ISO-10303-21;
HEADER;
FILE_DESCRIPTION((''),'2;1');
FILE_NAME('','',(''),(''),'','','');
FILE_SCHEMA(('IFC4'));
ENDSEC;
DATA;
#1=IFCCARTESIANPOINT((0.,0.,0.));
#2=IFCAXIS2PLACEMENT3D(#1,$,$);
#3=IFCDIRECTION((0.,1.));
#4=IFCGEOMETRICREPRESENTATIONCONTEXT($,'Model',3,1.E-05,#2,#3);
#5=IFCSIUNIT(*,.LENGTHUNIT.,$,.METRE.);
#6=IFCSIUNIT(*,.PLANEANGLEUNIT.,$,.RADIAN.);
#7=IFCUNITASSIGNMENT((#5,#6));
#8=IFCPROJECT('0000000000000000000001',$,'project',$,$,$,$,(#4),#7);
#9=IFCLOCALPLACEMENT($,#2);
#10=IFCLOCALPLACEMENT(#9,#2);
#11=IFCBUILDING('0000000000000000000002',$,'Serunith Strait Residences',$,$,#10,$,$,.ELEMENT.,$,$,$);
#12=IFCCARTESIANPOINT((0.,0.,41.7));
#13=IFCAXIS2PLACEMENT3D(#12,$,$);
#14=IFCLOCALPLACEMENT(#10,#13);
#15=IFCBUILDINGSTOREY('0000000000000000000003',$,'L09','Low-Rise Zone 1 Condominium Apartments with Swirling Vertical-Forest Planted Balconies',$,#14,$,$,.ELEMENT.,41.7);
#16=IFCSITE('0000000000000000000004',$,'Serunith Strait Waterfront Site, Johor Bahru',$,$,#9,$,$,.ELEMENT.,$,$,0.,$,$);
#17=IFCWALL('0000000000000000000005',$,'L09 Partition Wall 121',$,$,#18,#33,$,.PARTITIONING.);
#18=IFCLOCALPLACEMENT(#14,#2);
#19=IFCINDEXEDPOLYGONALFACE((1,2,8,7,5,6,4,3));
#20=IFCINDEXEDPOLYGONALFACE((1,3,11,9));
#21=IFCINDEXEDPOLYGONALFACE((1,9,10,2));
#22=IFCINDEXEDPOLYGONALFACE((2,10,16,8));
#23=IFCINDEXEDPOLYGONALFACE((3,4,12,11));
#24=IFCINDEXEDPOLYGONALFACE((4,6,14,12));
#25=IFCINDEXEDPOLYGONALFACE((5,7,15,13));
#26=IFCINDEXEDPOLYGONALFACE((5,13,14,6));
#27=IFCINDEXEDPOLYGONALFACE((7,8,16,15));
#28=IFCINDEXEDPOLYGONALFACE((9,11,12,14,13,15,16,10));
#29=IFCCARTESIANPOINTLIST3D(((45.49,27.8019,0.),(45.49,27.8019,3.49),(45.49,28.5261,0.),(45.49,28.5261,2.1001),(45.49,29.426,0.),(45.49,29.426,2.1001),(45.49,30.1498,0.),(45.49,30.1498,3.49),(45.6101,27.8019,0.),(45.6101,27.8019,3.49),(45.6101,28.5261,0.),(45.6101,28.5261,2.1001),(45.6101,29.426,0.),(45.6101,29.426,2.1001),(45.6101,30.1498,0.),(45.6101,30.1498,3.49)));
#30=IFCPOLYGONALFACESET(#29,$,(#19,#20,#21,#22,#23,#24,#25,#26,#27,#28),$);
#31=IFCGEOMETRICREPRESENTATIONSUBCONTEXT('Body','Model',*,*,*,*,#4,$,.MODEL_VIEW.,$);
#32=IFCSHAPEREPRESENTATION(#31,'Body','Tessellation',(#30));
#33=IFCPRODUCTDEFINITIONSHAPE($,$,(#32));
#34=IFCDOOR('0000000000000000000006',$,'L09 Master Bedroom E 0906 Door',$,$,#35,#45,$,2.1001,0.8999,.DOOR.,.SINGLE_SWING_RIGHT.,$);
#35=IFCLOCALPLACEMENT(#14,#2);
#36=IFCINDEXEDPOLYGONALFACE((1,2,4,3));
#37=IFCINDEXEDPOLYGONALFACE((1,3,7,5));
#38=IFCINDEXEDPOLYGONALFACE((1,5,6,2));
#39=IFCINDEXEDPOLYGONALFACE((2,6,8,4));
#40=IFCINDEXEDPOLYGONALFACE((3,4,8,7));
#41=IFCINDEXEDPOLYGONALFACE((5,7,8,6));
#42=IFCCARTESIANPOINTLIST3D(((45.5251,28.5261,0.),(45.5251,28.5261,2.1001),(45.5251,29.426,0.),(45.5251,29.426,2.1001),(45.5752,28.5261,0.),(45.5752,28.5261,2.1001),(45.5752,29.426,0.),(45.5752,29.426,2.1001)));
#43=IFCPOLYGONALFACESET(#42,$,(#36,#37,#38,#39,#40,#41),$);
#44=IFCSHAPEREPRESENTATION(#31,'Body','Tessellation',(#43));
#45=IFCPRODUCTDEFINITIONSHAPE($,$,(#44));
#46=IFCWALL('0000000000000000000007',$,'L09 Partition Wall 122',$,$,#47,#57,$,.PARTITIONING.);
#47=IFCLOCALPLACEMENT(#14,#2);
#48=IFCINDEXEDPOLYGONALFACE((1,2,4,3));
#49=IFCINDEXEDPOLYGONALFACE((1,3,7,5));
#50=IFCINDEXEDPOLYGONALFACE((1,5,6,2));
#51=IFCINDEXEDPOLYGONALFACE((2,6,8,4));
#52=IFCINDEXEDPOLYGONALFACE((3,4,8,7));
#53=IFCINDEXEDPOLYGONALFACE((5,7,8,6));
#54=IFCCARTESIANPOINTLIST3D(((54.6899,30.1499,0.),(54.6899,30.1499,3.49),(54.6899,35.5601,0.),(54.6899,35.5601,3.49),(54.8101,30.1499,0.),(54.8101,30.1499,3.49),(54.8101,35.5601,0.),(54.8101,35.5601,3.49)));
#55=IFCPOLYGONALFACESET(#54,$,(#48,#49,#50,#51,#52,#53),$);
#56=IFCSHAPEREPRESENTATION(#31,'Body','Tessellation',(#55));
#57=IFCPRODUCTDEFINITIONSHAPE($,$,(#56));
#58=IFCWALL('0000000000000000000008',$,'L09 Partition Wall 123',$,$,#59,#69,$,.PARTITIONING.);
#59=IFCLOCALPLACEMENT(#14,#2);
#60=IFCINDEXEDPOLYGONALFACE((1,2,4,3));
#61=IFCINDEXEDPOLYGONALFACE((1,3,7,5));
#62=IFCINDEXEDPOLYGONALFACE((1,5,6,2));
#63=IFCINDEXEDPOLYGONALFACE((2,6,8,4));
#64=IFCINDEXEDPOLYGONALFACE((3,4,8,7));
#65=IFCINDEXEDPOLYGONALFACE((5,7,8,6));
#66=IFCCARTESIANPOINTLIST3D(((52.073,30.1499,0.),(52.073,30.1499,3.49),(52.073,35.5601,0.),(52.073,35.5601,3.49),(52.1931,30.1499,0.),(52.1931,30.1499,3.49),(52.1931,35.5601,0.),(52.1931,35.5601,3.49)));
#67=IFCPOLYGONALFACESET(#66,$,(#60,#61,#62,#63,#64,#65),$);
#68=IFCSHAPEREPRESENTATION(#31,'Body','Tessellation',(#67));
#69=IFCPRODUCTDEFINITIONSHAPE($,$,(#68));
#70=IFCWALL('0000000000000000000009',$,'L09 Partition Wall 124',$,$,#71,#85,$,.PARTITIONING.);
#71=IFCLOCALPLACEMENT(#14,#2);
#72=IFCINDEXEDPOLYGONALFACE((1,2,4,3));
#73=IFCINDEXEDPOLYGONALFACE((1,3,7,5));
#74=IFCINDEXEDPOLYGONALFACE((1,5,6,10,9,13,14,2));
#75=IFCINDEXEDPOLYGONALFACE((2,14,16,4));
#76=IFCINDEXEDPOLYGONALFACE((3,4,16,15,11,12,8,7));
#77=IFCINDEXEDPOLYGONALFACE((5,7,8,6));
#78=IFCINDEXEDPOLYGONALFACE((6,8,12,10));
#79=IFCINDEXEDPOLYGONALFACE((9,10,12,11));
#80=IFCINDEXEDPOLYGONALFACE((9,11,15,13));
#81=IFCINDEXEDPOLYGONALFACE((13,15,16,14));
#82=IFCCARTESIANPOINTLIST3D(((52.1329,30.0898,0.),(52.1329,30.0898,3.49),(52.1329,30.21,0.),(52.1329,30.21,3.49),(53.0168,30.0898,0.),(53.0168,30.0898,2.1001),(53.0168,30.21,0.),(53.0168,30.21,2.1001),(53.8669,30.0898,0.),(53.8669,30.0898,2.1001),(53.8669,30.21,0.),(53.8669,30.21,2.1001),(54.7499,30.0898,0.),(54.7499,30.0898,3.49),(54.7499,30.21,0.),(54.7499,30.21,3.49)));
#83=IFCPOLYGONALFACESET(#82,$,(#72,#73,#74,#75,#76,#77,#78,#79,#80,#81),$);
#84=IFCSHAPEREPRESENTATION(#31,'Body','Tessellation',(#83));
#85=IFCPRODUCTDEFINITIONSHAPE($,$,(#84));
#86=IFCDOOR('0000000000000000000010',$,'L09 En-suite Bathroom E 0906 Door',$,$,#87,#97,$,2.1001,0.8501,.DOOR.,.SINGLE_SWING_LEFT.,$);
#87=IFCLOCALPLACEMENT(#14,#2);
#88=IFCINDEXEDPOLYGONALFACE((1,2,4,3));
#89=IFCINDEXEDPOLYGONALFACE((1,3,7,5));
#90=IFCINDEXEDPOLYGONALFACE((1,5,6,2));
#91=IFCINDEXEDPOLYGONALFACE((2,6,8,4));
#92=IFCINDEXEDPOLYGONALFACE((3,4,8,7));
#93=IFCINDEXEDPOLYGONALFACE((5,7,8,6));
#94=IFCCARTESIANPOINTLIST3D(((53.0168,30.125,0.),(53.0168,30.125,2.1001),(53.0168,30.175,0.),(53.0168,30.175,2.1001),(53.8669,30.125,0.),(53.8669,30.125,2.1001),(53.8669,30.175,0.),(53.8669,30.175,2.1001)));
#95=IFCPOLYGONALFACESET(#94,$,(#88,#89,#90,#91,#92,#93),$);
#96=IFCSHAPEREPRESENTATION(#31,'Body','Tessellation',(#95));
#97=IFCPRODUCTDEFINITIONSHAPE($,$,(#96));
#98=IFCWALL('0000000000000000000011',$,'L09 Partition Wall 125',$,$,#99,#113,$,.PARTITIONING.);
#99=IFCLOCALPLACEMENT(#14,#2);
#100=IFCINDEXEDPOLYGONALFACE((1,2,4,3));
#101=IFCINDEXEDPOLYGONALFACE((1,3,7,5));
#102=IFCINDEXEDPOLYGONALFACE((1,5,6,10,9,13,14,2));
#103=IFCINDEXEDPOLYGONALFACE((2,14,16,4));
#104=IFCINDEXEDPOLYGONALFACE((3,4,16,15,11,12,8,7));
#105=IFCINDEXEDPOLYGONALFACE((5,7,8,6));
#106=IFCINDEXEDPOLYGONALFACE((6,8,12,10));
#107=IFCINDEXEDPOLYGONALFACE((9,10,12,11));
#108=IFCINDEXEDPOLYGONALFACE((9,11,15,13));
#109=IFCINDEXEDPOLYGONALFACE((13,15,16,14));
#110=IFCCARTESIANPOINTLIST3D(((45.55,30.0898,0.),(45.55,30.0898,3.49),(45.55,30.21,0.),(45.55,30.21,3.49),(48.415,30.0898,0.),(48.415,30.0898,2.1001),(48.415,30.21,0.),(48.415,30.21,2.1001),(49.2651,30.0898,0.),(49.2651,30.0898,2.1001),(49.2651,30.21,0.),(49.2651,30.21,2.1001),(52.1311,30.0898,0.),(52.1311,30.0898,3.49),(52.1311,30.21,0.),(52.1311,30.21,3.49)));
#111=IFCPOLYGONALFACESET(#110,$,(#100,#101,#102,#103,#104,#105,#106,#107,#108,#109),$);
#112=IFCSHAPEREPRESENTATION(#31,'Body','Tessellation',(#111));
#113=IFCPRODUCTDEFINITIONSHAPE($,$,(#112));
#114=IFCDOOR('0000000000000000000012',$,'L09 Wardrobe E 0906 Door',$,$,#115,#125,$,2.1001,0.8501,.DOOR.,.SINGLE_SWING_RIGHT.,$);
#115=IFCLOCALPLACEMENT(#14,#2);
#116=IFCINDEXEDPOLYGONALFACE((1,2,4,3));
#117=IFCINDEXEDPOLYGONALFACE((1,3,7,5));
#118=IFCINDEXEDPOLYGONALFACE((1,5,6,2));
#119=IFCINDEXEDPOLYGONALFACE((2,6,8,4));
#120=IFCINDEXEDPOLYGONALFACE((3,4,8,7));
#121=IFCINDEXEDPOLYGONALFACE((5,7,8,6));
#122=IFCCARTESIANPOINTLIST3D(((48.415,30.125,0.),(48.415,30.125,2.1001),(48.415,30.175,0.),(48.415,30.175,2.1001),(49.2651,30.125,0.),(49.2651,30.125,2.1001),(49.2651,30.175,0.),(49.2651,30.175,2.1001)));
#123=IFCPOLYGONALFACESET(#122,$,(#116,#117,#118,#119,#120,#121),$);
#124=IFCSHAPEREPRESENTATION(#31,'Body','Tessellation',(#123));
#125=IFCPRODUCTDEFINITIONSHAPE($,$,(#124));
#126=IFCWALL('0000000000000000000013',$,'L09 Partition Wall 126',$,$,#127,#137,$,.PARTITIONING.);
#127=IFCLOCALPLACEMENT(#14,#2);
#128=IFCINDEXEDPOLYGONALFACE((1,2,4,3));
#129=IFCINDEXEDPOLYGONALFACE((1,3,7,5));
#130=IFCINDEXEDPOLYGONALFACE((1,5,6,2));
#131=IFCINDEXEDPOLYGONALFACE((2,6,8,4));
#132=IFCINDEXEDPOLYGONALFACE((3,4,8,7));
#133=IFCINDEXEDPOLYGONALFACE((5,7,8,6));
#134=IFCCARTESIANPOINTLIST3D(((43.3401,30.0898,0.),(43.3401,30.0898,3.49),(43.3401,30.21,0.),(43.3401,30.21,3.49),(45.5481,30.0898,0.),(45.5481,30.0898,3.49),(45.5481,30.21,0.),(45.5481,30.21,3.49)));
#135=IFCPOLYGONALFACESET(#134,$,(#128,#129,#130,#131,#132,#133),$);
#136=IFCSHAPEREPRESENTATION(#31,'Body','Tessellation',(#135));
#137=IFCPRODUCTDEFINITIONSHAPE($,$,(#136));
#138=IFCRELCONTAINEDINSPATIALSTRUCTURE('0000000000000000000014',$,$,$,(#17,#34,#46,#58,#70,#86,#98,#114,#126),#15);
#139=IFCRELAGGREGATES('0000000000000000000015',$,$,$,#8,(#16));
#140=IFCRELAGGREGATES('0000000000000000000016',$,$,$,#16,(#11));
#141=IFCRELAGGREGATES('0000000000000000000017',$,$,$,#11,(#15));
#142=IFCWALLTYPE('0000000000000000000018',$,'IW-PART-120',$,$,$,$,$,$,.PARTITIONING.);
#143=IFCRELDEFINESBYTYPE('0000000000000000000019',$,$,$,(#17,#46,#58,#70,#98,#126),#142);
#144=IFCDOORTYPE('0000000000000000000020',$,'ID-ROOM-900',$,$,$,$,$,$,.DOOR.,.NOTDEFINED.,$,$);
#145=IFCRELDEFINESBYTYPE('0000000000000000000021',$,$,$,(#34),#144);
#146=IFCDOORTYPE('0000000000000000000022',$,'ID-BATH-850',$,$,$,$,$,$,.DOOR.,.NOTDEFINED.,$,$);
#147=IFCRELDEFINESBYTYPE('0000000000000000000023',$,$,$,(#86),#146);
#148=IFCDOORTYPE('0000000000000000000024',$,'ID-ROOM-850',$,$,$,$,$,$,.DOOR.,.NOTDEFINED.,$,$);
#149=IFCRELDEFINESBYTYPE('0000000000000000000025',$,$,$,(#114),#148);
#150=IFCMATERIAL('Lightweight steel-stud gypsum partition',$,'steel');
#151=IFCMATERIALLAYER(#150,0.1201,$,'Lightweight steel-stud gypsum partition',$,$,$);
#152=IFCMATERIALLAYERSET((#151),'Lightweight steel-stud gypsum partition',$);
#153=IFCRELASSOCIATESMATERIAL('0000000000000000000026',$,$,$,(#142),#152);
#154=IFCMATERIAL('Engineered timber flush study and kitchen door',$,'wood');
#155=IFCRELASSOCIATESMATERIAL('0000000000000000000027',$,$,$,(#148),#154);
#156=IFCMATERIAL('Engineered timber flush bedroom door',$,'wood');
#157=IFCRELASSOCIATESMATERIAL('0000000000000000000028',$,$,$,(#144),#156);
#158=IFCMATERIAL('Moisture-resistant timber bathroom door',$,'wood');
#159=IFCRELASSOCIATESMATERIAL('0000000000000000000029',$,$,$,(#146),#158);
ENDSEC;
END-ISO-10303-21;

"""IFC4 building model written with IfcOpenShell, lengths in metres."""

from ifc_helpers import new_model, si_unit, direction, frame, frame_2d, origin, place, context, subcontext, project, spatial, rectangle, extrude, source, transform, mapped, material, layer, layer_set, type_object, element, fill, save


model = new_model("IFC4")

# Units and contexts
model_context = context("Model", 3, precision=1e-05, world=origin(), true_north=direction((0.0, 1.0)))
body_context = subcontext(model_context, "Body", "Model", "MODEL_VIEW")
ifc_project = project(units=[si_unit("LENGTHUNIT", "METRE"), si_unit("PLANEANGLEUNIT", "RADIAN")], contexts=[model_context])

# Site, building, storey
site_placement = place(None, origin())
site = spatial("IfcSite", under=ifc_project, at=site_placement, Name="Serunith Strait Waterfront Site, Johor Bahru", CompositionType="ELEMENT", RefElevation=0.0)
building_placement = place(site_placement, origin())
building = spatial("IfcBuilding", under=site, at=building_placement, Name="Serunith Strait Residences", CompositionType="ELEMENT")
storey_placement = place(building_placement, frame((0.0, 0.0, 41.7)))
storey = spatial("IfcBuildingStorey", under=building, at=storey_placement, Name="L09", Description="Low-Rise Zone 1 Condominium Apartments with Swirling Vertical-Forest Planted Balconies", CompositionType="ELEMENT", Elevation=41.7)

# Shared definitions
ifc_material_1 = material(Name="Lightweight steel-stud gypsum partition", Category="steel")
ifc_layer_1 = layer(ifc_material_1, 0.1201, Name="Lightweight steel-stud gypsum partition")
ifc_layer_set_1 = layer_set([ifc_layer_1], Name="Lightweight steel-stud gypsum partition")
wall_type = type_object("IfcWallType", Name="IW-PART-120", PredefinedType="PARTITIONING", material=ifc_layer_set_1)
ifc_material_2 = material(Name="Engineered timber flush study and kitchen door", Category="wood")
door_type_1 = type_object("IfcDoorType", Name="ID-ROOM-850", OperationType="NOTDEFINED", PredefinedType="DOOR", material=ifc_material_2)
shared_shape_1 = source(origin(), body_context, "Body", "SweptSolid", [
    extrude(rectangle(XDim=0.8501, YDim=2.1001, at=frame_2d((0.425, 1.05))), frame((0.0, 0.0249, 0.0), z_axis=(0.0, -1.0, 0.0), x_axis=(1.0, 0.0, 0.0)), (0.0, 0.0, 1.0), 0.05),
])
ifc_material_3 = material(Name="Engineered timber flush bedroom door", Category="wood")
door_type_2 = type_object("IfcDoorType", Name="ID-ROOM-900", OperationType="NOTDEFINED", PredefinedType="DOOR", material=ifc_material_3)
shared_shape_2 = source(origin(), body_context, "Body", "SweptSolid", [
    extrude(rectangle(XDim=0.8999, YDim=2.1001, at=frame_2d((0.45, 1.05))), frame((0.0, 0.0249, 0.0), z_axis=(0.0, -1.0, 0.0), x_axis=(1.0, 0.0, 0.0)), (0.0, 0.0, 1.0), 0.05),
])

# Wall, opening, door
wall_1_placement = place(storey_placement, frame((45.55, 27.802, 0.0), z_axis=(0.0, 0.0, 1.0), x_axis=(0.0, 1.0, 0.0)))
wall_1 = element("IfcWall", 1, at=wall_1_placement, inside=storey, type_object=wall_type, Name="L09 Partition Wall 121", PredefinedType="PARTITIONING", context=body_context, shape_type="SweptSolid", body=[
    extrude(rectangle(XDim=2.3479, YDim=0.1201, at=frame_2d((1.1738, 0.0))), origin(), (0.0, 0.0, 1.0), 3.49),
])
opening_1_placement = place(wall_1_placement, frame((0.7241, 0.0, 0.0)))
opening_1 = element("IfcOpeningElement", 2, at=opening_1_placement, cuts=wall_1, PredefinedType="OPENING", context=body_context, shape_type="SweptSolid", body=[
    extrude(rectangle(XDim=0.8999, YDim=2.1001, at=frame_2d((0.45, 1.05))), frame((0.0, 0.0701, 0.0), z_axis=(0.0, -1.0, 0.0), x_axis=(1.0, 0.0, 0.0)), (0.0, 0.0, 1.0), 0.1401),
])
door_1_placement = place(opening_1_placement, origin())
door_1 = element("IfcDoor", 3, at=door_1_placement, inside=storey, type_object=door_type_2, Name="L09 Master Bedroom E 0906 Door", OperationType="SINGLE_SWING_RIGHT", OverallHeight=2.1001, OverallWidth=0.8999, PredefinedType="DOOR", context=body_context, shape_type="MappedRepresentation", body=[
    mapped(shared_shape_2, transform((0.0, 0.0, 0.0), scale=1.0)),
])
fill(opening_1, door_1)

# Walls
for number, where, z_axis, x_axis, name in (
    (4, (54.75, 30.1499, 0.0), (0.0, 0.0, 1.0), (0.0, 1.0, 0.0), "L09 Partition Wall 122"),
    (5, (52.1331, 30.1499, 0.0), (0.0, 0.0, 1.0), (0.0, 1.0, 0.0), "L09 Partition Wall 123"),
):
    element("IfcWall", number, at=place(storey_placement, frame(where, z_axis=z_axis, x_axis=x_axis)), inside=storey, type_object=wall_type, Name=name, PredefinedType="PARTITIONING", context=body_context, shape_type="SweptSolid", body=[
        extrude(rectangle(XDim=5.4102, YDim=0.1201, at=frame_2d((2.7051, 0.0))), origin(), (0.0, 0.0, 1.0), 3.49),
    ])

# Walls, openings, doors
wall_2_placement = place(storey_placement, frame((54.75, 30.1499, 0.0), z_axis=(0.0, 0.0, 1.0), x_axis=(-1.0, 0.0, 0.0)))
wall_2 = element("IfcWall", 6, at=wall_2_placement, inside=storey, type_object=wall_type, Name="L09 Partition Wall 124", PredefinedType="PARTITIONING", context=body_context, shape_type="SweptSolid", body=[
    extrude(rectangle(XDim=2.6169, YDim=0.1201, at=frame_2d((1.3086, 0.0))), origin(), (0.0, 0.0, 1.0), 3.49),
])
opening_2_placement = place(wall_2_placement, frame((0.8831, 0.0, 0.0)))
opening_2 = element("IfcOpeningElement", 7, at=opening_2_placement, cuts=wall_2, PredefinedType="OPENING", context=body_context, shape_type="SweptSolid", body=[
    extrude(rectangle(XDim=0.8501, YDim=2.1001, at=frame_2d((0.425, 1.05))), frame((0.0, 0.0701, 0.0), z_axis=(0.0, -1.0, 0.0), x_axis=(1.0, 0.0, 0.0)), (0.0, 0.0, 1.0), 0.1401),
])
ifc_material_4 = material(Name="Moisture-resistant timber bathroom door", Category="wood")
door_type_3 = type_object("IfcDoorType", Name="ID-BATH-850", OperationType="NOTDEFINED", PredefinedType="DOOR", material=ifc_material_4)
door_2_placement = place(opening_2_placement, origin())
door_2 = element("IfcDoor", 8, at=door_2_placement, inside=storey, type_object=door_type_3, Name="L09 En-suite Bathroom E 0906 Door", OperationType="SINGLE_SWING_LEFT", OverallHeight=2.1001, OverallWidth=0.8501, PredefinedType="DOOR", context=body_context, shape_type="MappedRepresentation", body=[
    mapped(shared_shape_1, transform((0.0, 0.0, 0.0), scale=1.0)),
])
fill(opening_2, door_2)
wall_3_placement = place(storey_placement, frame((52.1311, 30.1499, 0.0), z_axis=(0.0, 0.0, 1.0), x_axis=(-1.0, 0.0, 0.0)))
wall_3 = element("IfcWall", 9, at=wall_3_placement, inside=storey, type_object=wall_type, Name="L09 Partition Wall 125", PredefinedType="PARTITIONING", context=body_context, shape_type="SweptSolid", body=[
    extrude(rectangle(XDim=6.5811, YDim=0.1201, at=frame_2d((3.2905, 0.0))), origin(), (0.0, 0.0, 1.0), 3.49),
])
opening_3_placement = place(wall_3_placement, frame((2.866, 0.0, 0.0)))
opening_3 = element("IfcOpeningElement", 10, at=opening_3_placement, cuts=wall_3, PredefinedType="OPENING", context=body_context, shape_type="SweptSolid", body=[
    extrude(rectangle(XDim=0.8501, YDim=2.1001, at=frame_2d((0.425, 1.05))), frame((0.0, 0.0701, 0.0), z_axis=(0.0, -1.0, 0.0), x_axis=(1.0, 0.0, 0.0)), (0.0, 0.0, 1.0), 0.1401),
])
door_3_placement = place(opening_3_placement, origin())
door_3 = element("IfcDoor", 11, at=door_3_placement, inside=storey, type_object=door_type_1, Name="L09 Wardrobe E 0906 Door", OperationType="SINGLE_SWING_RIGHT", OverallHeight=2.1001, OverallWidth=0.8501, PredefinedType="DOOR", context=body_context, shape_type="MappedRepresentation", body=[
    mapped(shared_shape_1, transform((0.0, 0.0, 0.0), scale=1.0)),
])
fill(opening_3, door_3)

# Wall
wall_4_placement = place(storey_placement, frame((45.5481, 30.1499, 0.0), z_axis=(0.0, 0.0, 1.0), x_axis=(-1.0, 0.0, 0.0)))
element("IfcWall", 12, at=wall_4_placement, inside=storey, type_object=wall_type, Name="L09 Partition Wall 126", PredefinedType="PARTITIONING", context=body_context, shape_type="SweptSolid", body=[
    extrude(rectangle(XDim=2.208, YDim=0.1201, at=frame_2d((1.104, 0.0))), origin(), (0.0, 0.0, 1.0), 3.49),
])

save(model, "model.ifc")
